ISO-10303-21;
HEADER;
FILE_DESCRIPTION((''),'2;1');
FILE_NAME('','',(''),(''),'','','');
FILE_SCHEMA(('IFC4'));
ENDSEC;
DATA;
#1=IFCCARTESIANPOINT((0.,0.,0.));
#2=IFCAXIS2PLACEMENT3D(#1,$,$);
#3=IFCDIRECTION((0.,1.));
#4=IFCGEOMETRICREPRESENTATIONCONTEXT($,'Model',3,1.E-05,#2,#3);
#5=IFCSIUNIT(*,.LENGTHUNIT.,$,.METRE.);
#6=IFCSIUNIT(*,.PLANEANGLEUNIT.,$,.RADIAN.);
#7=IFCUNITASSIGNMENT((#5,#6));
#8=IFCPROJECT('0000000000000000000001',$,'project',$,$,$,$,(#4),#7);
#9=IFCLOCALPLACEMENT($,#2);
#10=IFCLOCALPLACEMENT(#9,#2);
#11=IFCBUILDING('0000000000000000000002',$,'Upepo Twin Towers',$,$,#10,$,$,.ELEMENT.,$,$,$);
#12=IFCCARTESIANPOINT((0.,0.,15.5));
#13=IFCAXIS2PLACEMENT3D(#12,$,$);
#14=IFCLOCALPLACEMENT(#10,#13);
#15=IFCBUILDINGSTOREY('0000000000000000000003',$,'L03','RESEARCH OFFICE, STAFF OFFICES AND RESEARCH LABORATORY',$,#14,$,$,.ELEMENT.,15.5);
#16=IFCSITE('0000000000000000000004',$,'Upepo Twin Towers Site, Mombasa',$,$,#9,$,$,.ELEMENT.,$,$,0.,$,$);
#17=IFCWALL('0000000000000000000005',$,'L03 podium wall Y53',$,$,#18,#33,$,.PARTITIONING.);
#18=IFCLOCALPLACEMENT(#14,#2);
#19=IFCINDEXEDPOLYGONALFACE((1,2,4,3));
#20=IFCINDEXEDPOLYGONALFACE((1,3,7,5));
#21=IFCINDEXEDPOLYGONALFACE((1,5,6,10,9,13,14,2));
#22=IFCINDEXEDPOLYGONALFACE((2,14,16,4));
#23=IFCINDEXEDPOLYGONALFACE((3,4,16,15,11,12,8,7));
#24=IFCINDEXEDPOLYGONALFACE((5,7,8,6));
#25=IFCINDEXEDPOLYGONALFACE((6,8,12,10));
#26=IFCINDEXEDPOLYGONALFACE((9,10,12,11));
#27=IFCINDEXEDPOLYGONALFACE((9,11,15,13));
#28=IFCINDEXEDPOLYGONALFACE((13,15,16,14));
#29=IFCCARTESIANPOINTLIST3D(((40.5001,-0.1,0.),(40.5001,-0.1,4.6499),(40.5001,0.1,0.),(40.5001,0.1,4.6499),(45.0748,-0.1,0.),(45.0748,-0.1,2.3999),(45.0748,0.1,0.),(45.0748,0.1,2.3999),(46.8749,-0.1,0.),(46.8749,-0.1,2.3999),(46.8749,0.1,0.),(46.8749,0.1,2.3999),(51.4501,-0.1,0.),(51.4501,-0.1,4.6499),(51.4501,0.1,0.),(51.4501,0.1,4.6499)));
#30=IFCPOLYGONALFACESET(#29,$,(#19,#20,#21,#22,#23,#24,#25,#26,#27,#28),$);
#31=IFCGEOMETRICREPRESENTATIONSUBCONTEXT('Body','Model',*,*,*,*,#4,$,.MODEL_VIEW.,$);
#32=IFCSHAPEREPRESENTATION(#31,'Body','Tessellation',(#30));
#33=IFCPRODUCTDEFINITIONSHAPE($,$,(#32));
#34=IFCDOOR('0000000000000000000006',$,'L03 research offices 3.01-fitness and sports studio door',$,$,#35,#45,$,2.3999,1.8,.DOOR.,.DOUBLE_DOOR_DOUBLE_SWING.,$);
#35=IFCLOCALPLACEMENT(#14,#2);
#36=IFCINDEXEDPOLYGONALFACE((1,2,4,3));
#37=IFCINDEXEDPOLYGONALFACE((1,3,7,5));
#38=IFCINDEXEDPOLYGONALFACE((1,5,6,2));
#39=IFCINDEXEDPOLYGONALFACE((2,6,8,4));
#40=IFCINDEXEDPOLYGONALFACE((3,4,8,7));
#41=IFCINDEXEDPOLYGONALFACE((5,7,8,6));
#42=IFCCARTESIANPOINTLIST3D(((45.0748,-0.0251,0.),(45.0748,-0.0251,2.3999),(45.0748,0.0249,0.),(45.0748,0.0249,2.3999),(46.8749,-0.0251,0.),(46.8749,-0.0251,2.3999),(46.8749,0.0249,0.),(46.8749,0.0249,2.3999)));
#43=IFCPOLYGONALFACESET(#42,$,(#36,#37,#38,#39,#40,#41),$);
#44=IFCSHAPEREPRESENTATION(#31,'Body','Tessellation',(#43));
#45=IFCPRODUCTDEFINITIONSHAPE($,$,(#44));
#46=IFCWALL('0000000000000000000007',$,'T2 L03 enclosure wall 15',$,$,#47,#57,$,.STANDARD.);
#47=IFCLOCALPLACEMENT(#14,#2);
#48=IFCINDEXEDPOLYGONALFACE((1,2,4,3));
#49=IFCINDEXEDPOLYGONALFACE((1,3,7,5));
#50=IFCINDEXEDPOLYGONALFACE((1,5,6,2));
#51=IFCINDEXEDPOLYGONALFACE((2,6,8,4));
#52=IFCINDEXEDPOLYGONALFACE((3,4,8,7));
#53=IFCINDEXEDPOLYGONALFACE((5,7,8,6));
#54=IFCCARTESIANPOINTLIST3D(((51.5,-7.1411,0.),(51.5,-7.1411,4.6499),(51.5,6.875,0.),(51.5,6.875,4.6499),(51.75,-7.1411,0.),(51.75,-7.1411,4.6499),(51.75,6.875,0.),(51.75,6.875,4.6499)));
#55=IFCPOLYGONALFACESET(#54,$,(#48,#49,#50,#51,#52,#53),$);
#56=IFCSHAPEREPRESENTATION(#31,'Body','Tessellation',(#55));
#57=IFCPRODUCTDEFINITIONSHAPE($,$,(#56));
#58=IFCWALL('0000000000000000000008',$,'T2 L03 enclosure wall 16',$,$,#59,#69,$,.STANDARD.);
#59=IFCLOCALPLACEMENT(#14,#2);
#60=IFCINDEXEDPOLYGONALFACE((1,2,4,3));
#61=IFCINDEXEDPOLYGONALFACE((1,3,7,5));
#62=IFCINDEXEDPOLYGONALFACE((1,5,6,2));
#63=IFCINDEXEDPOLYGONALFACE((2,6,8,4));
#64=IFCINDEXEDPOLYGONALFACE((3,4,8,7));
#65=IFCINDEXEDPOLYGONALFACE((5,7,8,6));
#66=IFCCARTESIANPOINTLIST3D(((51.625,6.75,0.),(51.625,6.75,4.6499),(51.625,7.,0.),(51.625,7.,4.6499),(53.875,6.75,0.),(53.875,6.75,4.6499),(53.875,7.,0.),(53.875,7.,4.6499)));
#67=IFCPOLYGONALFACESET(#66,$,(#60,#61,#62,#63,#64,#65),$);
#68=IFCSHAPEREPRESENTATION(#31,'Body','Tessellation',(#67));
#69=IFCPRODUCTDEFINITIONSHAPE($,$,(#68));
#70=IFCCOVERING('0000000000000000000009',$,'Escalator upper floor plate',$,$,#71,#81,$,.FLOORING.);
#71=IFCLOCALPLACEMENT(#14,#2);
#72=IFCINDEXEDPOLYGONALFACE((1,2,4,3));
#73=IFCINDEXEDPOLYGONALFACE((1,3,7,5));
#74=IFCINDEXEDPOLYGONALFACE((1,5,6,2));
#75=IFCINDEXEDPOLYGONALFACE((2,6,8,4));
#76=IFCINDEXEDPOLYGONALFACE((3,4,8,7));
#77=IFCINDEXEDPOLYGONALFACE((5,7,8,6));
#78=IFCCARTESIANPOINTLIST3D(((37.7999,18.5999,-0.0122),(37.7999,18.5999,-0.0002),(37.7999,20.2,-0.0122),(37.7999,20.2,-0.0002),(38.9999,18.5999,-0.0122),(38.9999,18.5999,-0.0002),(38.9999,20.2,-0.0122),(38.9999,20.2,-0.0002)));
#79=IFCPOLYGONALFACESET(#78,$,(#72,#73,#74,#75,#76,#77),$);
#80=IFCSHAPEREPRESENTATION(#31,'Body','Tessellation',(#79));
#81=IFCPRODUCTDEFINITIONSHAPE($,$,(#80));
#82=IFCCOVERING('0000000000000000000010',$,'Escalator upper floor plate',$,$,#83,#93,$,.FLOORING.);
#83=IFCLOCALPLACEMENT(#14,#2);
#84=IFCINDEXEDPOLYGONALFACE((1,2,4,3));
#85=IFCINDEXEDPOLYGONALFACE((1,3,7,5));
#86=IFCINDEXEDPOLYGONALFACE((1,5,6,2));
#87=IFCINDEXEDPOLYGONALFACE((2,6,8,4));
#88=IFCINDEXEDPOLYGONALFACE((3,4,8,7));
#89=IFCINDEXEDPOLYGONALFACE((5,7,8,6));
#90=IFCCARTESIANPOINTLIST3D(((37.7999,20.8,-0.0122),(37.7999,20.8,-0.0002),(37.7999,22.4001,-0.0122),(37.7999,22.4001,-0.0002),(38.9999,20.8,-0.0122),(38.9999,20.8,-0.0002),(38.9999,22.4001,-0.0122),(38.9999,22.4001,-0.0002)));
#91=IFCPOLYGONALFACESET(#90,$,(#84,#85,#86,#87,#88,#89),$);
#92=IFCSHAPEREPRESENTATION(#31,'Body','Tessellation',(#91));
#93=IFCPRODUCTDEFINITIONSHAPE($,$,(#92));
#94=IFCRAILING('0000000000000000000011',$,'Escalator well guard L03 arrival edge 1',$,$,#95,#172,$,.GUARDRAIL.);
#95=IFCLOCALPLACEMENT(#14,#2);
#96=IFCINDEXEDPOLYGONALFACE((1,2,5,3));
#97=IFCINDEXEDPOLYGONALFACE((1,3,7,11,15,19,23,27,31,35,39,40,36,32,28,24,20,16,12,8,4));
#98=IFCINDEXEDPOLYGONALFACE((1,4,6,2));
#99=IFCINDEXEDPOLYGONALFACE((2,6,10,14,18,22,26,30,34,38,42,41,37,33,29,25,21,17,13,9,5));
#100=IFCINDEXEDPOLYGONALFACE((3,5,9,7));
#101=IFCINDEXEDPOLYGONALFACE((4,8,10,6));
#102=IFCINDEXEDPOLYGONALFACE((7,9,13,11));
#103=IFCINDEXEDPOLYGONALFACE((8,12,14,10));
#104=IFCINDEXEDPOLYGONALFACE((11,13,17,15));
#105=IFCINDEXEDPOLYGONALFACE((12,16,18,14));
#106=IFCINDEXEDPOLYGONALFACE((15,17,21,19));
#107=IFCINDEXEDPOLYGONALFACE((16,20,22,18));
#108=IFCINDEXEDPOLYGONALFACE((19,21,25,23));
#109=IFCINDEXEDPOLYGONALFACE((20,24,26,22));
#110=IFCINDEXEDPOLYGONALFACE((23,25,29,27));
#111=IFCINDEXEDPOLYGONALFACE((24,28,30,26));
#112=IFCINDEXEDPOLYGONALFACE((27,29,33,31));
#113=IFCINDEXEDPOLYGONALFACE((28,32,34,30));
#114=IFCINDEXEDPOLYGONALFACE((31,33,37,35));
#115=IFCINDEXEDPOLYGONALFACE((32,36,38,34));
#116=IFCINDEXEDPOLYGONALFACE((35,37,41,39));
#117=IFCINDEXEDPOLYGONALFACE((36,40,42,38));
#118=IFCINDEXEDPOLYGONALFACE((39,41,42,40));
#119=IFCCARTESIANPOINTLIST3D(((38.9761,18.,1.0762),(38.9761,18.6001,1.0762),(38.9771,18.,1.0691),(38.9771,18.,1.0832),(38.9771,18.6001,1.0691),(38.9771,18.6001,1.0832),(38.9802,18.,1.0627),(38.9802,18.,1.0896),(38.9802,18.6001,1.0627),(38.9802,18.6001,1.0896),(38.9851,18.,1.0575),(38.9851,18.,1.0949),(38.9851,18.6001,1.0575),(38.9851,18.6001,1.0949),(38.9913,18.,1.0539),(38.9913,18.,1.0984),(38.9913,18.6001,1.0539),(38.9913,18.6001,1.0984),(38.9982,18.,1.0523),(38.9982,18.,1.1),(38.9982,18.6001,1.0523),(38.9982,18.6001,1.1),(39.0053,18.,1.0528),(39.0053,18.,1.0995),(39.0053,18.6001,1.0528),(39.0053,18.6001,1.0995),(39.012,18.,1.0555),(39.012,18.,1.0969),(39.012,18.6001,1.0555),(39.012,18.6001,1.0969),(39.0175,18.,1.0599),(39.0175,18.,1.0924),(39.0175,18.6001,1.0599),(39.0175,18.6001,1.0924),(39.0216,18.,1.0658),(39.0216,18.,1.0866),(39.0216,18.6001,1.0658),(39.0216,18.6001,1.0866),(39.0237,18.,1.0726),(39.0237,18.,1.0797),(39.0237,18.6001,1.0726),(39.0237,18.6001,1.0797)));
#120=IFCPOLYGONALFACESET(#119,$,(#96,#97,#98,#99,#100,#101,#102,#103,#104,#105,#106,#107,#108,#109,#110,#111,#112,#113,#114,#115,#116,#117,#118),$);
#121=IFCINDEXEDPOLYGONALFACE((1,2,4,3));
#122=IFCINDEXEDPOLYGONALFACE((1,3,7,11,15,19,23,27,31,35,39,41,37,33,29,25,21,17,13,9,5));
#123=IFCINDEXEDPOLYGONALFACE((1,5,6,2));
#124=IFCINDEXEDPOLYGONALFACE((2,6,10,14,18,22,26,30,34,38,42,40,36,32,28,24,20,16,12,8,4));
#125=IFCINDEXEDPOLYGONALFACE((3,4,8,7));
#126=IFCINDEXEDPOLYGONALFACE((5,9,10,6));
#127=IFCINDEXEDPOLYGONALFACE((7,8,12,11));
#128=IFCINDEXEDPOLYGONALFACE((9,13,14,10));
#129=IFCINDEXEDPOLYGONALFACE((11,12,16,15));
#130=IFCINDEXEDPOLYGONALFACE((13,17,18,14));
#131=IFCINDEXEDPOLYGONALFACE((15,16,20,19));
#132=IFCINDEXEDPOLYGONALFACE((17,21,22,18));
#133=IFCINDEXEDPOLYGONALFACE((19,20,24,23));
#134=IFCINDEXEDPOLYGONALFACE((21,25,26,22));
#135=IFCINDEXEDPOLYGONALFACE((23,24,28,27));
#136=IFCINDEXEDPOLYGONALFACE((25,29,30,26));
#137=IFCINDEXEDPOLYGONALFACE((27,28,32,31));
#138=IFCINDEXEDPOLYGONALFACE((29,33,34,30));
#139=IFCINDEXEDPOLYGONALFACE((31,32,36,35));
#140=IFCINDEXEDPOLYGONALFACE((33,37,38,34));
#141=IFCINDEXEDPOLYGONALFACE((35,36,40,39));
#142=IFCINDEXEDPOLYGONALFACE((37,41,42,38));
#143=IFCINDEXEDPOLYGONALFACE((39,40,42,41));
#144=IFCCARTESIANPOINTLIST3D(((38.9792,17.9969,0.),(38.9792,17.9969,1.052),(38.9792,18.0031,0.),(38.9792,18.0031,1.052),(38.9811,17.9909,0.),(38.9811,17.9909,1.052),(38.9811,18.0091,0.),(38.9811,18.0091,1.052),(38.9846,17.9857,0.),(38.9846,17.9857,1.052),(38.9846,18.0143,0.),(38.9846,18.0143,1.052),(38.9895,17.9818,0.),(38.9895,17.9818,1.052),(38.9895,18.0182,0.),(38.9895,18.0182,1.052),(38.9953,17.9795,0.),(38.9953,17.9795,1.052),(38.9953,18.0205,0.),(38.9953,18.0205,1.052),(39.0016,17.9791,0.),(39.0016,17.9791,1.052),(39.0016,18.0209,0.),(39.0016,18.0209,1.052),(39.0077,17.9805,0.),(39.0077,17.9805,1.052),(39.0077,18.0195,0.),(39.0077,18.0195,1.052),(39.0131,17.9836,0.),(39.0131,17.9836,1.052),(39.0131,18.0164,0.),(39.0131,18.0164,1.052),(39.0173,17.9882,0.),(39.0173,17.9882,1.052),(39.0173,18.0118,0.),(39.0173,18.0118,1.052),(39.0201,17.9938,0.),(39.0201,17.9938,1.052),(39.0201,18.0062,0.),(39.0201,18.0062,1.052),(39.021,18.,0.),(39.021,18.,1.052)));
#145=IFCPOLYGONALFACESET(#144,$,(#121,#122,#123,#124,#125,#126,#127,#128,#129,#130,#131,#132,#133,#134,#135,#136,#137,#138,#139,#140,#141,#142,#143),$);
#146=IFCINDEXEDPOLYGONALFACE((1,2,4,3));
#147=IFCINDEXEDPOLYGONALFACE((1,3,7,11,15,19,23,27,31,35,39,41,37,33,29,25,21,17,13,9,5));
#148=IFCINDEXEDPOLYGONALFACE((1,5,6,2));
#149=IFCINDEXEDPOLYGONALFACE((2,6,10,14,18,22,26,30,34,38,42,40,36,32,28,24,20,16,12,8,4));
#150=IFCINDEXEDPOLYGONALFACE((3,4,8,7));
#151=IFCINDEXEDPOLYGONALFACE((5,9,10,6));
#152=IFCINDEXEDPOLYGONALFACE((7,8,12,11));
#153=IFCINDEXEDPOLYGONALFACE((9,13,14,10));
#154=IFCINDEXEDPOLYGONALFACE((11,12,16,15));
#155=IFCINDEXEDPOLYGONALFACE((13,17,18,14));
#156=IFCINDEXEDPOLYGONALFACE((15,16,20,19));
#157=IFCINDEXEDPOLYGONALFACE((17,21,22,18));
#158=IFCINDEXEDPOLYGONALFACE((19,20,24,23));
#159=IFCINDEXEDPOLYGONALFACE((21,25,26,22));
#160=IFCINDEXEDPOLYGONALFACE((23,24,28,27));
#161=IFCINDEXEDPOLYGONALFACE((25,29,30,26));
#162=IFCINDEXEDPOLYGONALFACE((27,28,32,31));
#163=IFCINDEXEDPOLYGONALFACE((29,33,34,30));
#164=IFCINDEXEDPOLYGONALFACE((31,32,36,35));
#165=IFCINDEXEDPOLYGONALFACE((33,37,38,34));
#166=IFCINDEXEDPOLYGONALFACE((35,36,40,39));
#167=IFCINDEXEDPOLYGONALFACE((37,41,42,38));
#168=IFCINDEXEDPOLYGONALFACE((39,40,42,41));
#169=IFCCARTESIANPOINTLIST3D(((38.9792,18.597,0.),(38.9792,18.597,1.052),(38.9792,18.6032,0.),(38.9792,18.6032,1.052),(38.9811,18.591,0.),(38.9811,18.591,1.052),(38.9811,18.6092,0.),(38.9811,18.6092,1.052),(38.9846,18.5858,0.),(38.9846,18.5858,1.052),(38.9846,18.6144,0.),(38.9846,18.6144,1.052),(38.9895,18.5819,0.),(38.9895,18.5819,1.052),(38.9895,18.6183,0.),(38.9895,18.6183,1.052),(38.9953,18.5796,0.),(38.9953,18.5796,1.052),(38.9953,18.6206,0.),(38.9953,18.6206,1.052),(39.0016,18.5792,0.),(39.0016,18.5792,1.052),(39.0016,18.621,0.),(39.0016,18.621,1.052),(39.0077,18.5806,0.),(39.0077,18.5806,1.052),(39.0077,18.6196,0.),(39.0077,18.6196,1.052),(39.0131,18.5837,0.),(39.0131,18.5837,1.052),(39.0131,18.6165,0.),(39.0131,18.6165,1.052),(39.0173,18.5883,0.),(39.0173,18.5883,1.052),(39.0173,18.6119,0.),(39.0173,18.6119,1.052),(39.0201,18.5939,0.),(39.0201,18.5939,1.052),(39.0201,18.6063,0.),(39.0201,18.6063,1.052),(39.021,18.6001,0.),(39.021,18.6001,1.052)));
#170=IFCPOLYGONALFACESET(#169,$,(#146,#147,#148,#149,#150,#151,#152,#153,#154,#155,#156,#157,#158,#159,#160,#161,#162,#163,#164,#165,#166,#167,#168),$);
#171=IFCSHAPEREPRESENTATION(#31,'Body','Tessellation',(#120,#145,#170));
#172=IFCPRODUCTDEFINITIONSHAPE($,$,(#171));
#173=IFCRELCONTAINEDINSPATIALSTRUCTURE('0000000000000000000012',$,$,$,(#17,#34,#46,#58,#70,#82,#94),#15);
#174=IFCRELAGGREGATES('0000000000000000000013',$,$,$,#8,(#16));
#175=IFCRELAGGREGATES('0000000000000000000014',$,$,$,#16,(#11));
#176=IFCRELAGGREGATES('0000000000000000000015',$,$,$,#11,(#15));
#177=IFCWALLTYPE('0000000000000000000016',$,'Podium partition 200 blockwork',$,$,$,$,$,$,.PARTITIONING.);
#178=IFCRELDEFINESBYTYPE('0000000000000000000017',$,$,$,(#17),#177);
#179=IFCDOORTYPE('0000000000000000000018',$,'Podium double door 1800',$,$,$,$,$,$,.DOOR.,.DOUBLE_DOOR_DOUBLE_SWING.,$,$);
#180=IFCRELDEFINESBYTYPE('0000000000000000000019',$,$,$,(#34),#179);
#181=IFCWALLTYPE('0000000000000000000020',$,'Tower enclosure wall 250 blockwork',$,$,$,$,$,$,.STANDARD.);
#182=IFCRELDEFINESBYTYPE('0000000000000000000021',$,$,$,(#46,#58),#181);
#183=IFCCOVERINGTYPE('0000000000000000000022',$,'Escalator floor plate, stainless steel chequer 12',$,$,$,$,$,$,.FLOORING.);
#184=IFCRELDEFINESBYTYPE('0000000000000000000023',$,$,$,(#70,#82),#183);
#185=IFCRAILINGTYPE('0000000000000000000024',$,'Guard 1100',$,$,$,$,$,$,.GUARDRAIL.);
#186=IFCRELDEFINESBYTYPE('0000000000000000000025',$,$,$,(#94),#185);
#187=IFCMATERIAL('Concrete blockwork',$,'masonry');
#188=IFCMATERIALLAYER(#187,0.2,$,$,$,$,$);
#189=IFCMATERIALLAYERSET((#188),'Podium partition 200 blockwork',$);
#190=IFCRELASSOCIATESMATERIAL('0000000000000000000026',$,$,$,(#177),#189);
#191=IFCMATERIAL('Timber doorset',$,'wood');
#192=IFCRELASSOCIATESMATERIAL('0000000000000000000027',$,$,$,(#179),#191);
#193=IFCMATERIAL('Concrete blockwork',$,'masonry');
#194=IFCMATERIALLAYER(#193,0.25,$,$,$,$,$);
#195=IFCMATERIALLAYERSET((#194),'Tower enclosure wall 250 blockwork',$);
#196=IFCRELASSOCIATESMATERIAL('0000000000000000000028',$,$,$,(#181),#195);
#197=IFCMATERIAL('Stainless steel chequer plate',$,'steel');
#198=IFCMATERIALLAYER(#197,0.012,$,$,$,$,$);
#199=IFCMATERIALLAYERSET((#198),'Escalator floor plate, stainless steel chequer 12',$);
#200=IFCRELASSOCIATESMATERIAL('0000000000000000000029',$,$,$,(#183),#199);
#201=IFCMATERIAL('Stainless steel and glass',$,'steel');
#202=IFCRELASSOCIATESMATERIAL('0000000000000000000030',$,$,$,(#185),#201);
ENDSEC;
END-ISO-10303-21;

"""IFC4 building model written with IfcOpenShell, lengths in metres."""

from ifc_helpers import new_model, si_unit, direction, frame, frame_2d, origin, origin_2d, place, context, subcontext, project, spatial, rectangle, circle, extrude, material, layer, layer_set, type_object, element, fill, save


model = new_model("IFC4")

# Units and contexts
model_context = context("Model", 3, precision=1e-05, world=origin(), true_north=direction((0.0, 1.0)))
body_context = subcontext(model_context, "Body", "Model", "MODEL_VIEW")
ifc_project = project(units=[si_unit("LENGTHUNIT", "METRE"), si_unit("PLANEANGLEUNIT", "RADIAN")], contexts=[model_context])

# Site, building, storey
site_placement = place(None, origin())
site = spatial("IfcSite", under=ifc_project, at=site_placement, Name="Upepo Twin Towers Site, Mombasa", CompositionType="ELEMENT", RefElevation=0.0)
building_placement = place(site_placement, origin())
building = spatial("IfcBuilding", under=site, at=building_placement, Name="Upepo Twin Towers", CompositionType="ELEMENT")
storey_placement = place(building_placement, frame((0.0, 0.0, 15.5)))
storey = spatial("IfcBuildingStorey", under=building, at=storey_placement, Name="L03", Description="RESEARCH OFFICE, STAFF OFFICES AND RESEARCH LABORATORY", CompositionType="ELEMENT", Elevation=15.5)

# Shared definitions
ifc_material_1 = material(Name="Concrete blockwork", Category="masonry")
ifc_layer_1 = layer(ifc_material_1, 0.2)
ifc_layer_set_1 = layer_set([ifc_layer_1], Name="Podium partition 200 blockwork")
wall_type_1 = type_object("IfcWallType", Name="Podium partition 200 blockwork", PredefinedType="PARTITIONING", material=ifc_layer_set_1)
ifc_material_2 = material(Name="Timber doorset", Category="wood")
door_type_1 = type_object("IfcDoorType", Name="Podium double door 1800", OperationType="DOUBLE_DOOR_DOUBLE_SWING", PredefinedType="DOOR", material=ifc_material_2)

# Wall, opening, door
wall_1_placement = place(storey_placement, frame((40.5, 0.0, 0.0), z_axis=(0.0, 0.0, 1.0), x_axis=(1.0, 0.0, 0.0)))
wall_1 = element("IfcWall", 1, at=wall_1_placement, inside=storey, type_object=wall_type_1, Name="L03 podium wall Y53", PredefinedType="PARTITIONING", context=body_context, shape_type="SweptSolid", body=[
    extrude(rectangle(XDim=10.95, YDim=0.2, at=frame_2d((5.4751, 0.0))), origin(), (0.0, 0.0, 1.0), 4.6499),
])
opening_1_placement = place(wall_1_placement, frame((4.575, 0.0, 0.0)))
opening_1 = element("IfcOpeningElement", 2, at=opening_1_placement, cuts=wall_1, PredefinedType="OPENING", context=body_context, shape_type="SweptSolid", body=[
    extrude(rectangle(XDim=1.8, YDim=2.3999, at=frame_2d((0.8999, 1.2))), frame((0.0, 0.1099, 0.0), z_axis=(0.0, -1.0, 0.0), x_axis=(1.0, 0.0, 0.0)), (0.0, 0.0, 1.0), 0.22),
])
door_1_placement = place(opening_1_placement, origin())
door_1 = element("IfcDoor", 3, at=door_1_placement, inside=storey, type_object=door_type_1, Name="L03 research offices 3.01-fitness and sports studio door", OperationType="DOUBLE_DOOR_DOUBLE_SWING", OverallHeight=2.3999, OverallWidth=1.8, PredefinedType="DOOR", context=body_context, shape_type="SweptSolid", body=[
    extrude(rectangle(XDim=1.8, YDim=2.3999, at=frame_2d((0.8999, 1.2))), frame((0.0, 0.0249, 0.0), z_axis=(0.0, -1.0, 0.0), x_axis=(1.0, 0.0, 0.0)), (0.0, 0.0, 1.0), 0.05),
])
fill(opening_1, door_1)

# Walls
ifc_material_3 = material(Name="Concrete blockwork", Category="masonry")
ifc_layer_2 = layer(ifc_material_3, 0.25)
ifc_layer_set_2 = layer_set([ifc_layer_2], Name="Tower enclosure wall 250 blockwork")
wall_type_2 = type_object("IfcWallType", Name="Tower enclosure wall 250 blockwork", PredefinedType="STANDARD", material=ifc_layer_set_2)
wall_2_placement = place(storey_placement, frame((51.625, -7.1411, 0.0), z_axis=(0.0, 0.0, 1.0), x_axis=(0.0, 1.0, 0.0)))
element("IfcWall", 4, at=wall_2_placement, inside=storey, type_object=wall_type_2, Name="T2 L03 enclosure wall 15", PredefinedType="STANDARD", context=body_context, shape_type="SweptSolid", body=[
    extrude(rectangle(XDim=14.0161, YDim=0.25, at=frame_2d((7.0081, 0.0))), origin(), (0.0, 0.0, 1.0), 4.6499),
])
wall_3_placement = place(storey_placement, frame((51.625, 6.875, 0.0), z_axis=(0.0, 0.0, 1.0), x_axis=(1.0, 0.0, 0.0)))
element("IfcWall", 5, at=wall_3_placement, inside=storey, type_object=wall_type_2, Name="T2 L03 enclosure wall 16", PredefinedType="STANDARD", context=body_context, shape_type="SweptSolid", body=[
    extrude(rectangle(XDim=2.25, YDim=0.25, at=frame_2d((1.125, 0.0))), origin(), (0.0, 0.0, 1.0), 4.6499),
])

# Coverings
ifc_material_4 = material(Name="Stainless steel chequer plate", Category="steel")
ifc_layer_3 = layer(ifc_material_4, 0.012)
ifc_layer_set_3 = layer_set([ifc_layer_3], Name="Escalator floor plate, stainless steel chequer 12")
covering_type = type_object("IfcCoveringType", Name="Escalator floor plate, stainless steel chequer 12", PredefinedType="FLOORING", material=ifc_layer_set_3)
for number, where, z_axis, x_axis, name in (
    (6, (38.3999, 19.3999, -0.0122), (0.0, 0.0, 1.0), (1.0, 0.0, 0.0), "Escalator upper floor plate"),
    (7, (38.3999, 21.6001, -0.0122), (0.0, 0.0, 1.0), (1.0, 0.0, 0.0), "Escalator upper floor plate"),
):
    element("IfcCovering", number, at=place(storey_placement, frame(where, z_axis=z_axis, x_axis=x_axis)), inside=storey, type_object=covering_type, Name=name, PredefinedType="FLOORING", context=body_context, shape_type="SweptSolid", body=[
        extrude(rectangle(XDim=1.2, YDim=1.6001, at=origin_2d()), origin(), (0.0, 0.0, 1.0), 0.012),
    ])

# Railing
ifc_material_5 = material(Name="Stainless steel and glass", Category="steel")
railing_type = type_object("IfcRailingType", Name="Guard 1100", PredefinedType="GUARDRAIL", material=ifc_material_5)
for number, where, name in (
    (8, (39.0, 18.0, 0.0), "Escalator well guard L03 arrival edge 1"),
):
    element("IfcRailing", number, at=place(storey_placement, frame(where)), inside=storey, type_object=railing_type, Name=name, PredefinedType="GUARDRAIL", context=body_context, shape_type="SweptSolid", body=[
        extrude(circle(Radius=0.0239, at=origin_2d()), frame((0.0, 0.0, 1.0762), z_axis=(0.0, 1.0, 0.0), x_axis=(-1.0, 0.0, 0.0)), (0.0, 0.0, 1.0), 0.6001),
        extrude(circle(Radius=0.021, at=origin_2d()), origin(), (0.0, 0.0, 1.0), 1.052),
        extrude(circle(Radius=0.021, at=origin_2d()), frame((0.0, 0.6001, 0.0)), (0.0, 0.0, 1.0), 1.052),
    ])

save(model, "model.ifc")
